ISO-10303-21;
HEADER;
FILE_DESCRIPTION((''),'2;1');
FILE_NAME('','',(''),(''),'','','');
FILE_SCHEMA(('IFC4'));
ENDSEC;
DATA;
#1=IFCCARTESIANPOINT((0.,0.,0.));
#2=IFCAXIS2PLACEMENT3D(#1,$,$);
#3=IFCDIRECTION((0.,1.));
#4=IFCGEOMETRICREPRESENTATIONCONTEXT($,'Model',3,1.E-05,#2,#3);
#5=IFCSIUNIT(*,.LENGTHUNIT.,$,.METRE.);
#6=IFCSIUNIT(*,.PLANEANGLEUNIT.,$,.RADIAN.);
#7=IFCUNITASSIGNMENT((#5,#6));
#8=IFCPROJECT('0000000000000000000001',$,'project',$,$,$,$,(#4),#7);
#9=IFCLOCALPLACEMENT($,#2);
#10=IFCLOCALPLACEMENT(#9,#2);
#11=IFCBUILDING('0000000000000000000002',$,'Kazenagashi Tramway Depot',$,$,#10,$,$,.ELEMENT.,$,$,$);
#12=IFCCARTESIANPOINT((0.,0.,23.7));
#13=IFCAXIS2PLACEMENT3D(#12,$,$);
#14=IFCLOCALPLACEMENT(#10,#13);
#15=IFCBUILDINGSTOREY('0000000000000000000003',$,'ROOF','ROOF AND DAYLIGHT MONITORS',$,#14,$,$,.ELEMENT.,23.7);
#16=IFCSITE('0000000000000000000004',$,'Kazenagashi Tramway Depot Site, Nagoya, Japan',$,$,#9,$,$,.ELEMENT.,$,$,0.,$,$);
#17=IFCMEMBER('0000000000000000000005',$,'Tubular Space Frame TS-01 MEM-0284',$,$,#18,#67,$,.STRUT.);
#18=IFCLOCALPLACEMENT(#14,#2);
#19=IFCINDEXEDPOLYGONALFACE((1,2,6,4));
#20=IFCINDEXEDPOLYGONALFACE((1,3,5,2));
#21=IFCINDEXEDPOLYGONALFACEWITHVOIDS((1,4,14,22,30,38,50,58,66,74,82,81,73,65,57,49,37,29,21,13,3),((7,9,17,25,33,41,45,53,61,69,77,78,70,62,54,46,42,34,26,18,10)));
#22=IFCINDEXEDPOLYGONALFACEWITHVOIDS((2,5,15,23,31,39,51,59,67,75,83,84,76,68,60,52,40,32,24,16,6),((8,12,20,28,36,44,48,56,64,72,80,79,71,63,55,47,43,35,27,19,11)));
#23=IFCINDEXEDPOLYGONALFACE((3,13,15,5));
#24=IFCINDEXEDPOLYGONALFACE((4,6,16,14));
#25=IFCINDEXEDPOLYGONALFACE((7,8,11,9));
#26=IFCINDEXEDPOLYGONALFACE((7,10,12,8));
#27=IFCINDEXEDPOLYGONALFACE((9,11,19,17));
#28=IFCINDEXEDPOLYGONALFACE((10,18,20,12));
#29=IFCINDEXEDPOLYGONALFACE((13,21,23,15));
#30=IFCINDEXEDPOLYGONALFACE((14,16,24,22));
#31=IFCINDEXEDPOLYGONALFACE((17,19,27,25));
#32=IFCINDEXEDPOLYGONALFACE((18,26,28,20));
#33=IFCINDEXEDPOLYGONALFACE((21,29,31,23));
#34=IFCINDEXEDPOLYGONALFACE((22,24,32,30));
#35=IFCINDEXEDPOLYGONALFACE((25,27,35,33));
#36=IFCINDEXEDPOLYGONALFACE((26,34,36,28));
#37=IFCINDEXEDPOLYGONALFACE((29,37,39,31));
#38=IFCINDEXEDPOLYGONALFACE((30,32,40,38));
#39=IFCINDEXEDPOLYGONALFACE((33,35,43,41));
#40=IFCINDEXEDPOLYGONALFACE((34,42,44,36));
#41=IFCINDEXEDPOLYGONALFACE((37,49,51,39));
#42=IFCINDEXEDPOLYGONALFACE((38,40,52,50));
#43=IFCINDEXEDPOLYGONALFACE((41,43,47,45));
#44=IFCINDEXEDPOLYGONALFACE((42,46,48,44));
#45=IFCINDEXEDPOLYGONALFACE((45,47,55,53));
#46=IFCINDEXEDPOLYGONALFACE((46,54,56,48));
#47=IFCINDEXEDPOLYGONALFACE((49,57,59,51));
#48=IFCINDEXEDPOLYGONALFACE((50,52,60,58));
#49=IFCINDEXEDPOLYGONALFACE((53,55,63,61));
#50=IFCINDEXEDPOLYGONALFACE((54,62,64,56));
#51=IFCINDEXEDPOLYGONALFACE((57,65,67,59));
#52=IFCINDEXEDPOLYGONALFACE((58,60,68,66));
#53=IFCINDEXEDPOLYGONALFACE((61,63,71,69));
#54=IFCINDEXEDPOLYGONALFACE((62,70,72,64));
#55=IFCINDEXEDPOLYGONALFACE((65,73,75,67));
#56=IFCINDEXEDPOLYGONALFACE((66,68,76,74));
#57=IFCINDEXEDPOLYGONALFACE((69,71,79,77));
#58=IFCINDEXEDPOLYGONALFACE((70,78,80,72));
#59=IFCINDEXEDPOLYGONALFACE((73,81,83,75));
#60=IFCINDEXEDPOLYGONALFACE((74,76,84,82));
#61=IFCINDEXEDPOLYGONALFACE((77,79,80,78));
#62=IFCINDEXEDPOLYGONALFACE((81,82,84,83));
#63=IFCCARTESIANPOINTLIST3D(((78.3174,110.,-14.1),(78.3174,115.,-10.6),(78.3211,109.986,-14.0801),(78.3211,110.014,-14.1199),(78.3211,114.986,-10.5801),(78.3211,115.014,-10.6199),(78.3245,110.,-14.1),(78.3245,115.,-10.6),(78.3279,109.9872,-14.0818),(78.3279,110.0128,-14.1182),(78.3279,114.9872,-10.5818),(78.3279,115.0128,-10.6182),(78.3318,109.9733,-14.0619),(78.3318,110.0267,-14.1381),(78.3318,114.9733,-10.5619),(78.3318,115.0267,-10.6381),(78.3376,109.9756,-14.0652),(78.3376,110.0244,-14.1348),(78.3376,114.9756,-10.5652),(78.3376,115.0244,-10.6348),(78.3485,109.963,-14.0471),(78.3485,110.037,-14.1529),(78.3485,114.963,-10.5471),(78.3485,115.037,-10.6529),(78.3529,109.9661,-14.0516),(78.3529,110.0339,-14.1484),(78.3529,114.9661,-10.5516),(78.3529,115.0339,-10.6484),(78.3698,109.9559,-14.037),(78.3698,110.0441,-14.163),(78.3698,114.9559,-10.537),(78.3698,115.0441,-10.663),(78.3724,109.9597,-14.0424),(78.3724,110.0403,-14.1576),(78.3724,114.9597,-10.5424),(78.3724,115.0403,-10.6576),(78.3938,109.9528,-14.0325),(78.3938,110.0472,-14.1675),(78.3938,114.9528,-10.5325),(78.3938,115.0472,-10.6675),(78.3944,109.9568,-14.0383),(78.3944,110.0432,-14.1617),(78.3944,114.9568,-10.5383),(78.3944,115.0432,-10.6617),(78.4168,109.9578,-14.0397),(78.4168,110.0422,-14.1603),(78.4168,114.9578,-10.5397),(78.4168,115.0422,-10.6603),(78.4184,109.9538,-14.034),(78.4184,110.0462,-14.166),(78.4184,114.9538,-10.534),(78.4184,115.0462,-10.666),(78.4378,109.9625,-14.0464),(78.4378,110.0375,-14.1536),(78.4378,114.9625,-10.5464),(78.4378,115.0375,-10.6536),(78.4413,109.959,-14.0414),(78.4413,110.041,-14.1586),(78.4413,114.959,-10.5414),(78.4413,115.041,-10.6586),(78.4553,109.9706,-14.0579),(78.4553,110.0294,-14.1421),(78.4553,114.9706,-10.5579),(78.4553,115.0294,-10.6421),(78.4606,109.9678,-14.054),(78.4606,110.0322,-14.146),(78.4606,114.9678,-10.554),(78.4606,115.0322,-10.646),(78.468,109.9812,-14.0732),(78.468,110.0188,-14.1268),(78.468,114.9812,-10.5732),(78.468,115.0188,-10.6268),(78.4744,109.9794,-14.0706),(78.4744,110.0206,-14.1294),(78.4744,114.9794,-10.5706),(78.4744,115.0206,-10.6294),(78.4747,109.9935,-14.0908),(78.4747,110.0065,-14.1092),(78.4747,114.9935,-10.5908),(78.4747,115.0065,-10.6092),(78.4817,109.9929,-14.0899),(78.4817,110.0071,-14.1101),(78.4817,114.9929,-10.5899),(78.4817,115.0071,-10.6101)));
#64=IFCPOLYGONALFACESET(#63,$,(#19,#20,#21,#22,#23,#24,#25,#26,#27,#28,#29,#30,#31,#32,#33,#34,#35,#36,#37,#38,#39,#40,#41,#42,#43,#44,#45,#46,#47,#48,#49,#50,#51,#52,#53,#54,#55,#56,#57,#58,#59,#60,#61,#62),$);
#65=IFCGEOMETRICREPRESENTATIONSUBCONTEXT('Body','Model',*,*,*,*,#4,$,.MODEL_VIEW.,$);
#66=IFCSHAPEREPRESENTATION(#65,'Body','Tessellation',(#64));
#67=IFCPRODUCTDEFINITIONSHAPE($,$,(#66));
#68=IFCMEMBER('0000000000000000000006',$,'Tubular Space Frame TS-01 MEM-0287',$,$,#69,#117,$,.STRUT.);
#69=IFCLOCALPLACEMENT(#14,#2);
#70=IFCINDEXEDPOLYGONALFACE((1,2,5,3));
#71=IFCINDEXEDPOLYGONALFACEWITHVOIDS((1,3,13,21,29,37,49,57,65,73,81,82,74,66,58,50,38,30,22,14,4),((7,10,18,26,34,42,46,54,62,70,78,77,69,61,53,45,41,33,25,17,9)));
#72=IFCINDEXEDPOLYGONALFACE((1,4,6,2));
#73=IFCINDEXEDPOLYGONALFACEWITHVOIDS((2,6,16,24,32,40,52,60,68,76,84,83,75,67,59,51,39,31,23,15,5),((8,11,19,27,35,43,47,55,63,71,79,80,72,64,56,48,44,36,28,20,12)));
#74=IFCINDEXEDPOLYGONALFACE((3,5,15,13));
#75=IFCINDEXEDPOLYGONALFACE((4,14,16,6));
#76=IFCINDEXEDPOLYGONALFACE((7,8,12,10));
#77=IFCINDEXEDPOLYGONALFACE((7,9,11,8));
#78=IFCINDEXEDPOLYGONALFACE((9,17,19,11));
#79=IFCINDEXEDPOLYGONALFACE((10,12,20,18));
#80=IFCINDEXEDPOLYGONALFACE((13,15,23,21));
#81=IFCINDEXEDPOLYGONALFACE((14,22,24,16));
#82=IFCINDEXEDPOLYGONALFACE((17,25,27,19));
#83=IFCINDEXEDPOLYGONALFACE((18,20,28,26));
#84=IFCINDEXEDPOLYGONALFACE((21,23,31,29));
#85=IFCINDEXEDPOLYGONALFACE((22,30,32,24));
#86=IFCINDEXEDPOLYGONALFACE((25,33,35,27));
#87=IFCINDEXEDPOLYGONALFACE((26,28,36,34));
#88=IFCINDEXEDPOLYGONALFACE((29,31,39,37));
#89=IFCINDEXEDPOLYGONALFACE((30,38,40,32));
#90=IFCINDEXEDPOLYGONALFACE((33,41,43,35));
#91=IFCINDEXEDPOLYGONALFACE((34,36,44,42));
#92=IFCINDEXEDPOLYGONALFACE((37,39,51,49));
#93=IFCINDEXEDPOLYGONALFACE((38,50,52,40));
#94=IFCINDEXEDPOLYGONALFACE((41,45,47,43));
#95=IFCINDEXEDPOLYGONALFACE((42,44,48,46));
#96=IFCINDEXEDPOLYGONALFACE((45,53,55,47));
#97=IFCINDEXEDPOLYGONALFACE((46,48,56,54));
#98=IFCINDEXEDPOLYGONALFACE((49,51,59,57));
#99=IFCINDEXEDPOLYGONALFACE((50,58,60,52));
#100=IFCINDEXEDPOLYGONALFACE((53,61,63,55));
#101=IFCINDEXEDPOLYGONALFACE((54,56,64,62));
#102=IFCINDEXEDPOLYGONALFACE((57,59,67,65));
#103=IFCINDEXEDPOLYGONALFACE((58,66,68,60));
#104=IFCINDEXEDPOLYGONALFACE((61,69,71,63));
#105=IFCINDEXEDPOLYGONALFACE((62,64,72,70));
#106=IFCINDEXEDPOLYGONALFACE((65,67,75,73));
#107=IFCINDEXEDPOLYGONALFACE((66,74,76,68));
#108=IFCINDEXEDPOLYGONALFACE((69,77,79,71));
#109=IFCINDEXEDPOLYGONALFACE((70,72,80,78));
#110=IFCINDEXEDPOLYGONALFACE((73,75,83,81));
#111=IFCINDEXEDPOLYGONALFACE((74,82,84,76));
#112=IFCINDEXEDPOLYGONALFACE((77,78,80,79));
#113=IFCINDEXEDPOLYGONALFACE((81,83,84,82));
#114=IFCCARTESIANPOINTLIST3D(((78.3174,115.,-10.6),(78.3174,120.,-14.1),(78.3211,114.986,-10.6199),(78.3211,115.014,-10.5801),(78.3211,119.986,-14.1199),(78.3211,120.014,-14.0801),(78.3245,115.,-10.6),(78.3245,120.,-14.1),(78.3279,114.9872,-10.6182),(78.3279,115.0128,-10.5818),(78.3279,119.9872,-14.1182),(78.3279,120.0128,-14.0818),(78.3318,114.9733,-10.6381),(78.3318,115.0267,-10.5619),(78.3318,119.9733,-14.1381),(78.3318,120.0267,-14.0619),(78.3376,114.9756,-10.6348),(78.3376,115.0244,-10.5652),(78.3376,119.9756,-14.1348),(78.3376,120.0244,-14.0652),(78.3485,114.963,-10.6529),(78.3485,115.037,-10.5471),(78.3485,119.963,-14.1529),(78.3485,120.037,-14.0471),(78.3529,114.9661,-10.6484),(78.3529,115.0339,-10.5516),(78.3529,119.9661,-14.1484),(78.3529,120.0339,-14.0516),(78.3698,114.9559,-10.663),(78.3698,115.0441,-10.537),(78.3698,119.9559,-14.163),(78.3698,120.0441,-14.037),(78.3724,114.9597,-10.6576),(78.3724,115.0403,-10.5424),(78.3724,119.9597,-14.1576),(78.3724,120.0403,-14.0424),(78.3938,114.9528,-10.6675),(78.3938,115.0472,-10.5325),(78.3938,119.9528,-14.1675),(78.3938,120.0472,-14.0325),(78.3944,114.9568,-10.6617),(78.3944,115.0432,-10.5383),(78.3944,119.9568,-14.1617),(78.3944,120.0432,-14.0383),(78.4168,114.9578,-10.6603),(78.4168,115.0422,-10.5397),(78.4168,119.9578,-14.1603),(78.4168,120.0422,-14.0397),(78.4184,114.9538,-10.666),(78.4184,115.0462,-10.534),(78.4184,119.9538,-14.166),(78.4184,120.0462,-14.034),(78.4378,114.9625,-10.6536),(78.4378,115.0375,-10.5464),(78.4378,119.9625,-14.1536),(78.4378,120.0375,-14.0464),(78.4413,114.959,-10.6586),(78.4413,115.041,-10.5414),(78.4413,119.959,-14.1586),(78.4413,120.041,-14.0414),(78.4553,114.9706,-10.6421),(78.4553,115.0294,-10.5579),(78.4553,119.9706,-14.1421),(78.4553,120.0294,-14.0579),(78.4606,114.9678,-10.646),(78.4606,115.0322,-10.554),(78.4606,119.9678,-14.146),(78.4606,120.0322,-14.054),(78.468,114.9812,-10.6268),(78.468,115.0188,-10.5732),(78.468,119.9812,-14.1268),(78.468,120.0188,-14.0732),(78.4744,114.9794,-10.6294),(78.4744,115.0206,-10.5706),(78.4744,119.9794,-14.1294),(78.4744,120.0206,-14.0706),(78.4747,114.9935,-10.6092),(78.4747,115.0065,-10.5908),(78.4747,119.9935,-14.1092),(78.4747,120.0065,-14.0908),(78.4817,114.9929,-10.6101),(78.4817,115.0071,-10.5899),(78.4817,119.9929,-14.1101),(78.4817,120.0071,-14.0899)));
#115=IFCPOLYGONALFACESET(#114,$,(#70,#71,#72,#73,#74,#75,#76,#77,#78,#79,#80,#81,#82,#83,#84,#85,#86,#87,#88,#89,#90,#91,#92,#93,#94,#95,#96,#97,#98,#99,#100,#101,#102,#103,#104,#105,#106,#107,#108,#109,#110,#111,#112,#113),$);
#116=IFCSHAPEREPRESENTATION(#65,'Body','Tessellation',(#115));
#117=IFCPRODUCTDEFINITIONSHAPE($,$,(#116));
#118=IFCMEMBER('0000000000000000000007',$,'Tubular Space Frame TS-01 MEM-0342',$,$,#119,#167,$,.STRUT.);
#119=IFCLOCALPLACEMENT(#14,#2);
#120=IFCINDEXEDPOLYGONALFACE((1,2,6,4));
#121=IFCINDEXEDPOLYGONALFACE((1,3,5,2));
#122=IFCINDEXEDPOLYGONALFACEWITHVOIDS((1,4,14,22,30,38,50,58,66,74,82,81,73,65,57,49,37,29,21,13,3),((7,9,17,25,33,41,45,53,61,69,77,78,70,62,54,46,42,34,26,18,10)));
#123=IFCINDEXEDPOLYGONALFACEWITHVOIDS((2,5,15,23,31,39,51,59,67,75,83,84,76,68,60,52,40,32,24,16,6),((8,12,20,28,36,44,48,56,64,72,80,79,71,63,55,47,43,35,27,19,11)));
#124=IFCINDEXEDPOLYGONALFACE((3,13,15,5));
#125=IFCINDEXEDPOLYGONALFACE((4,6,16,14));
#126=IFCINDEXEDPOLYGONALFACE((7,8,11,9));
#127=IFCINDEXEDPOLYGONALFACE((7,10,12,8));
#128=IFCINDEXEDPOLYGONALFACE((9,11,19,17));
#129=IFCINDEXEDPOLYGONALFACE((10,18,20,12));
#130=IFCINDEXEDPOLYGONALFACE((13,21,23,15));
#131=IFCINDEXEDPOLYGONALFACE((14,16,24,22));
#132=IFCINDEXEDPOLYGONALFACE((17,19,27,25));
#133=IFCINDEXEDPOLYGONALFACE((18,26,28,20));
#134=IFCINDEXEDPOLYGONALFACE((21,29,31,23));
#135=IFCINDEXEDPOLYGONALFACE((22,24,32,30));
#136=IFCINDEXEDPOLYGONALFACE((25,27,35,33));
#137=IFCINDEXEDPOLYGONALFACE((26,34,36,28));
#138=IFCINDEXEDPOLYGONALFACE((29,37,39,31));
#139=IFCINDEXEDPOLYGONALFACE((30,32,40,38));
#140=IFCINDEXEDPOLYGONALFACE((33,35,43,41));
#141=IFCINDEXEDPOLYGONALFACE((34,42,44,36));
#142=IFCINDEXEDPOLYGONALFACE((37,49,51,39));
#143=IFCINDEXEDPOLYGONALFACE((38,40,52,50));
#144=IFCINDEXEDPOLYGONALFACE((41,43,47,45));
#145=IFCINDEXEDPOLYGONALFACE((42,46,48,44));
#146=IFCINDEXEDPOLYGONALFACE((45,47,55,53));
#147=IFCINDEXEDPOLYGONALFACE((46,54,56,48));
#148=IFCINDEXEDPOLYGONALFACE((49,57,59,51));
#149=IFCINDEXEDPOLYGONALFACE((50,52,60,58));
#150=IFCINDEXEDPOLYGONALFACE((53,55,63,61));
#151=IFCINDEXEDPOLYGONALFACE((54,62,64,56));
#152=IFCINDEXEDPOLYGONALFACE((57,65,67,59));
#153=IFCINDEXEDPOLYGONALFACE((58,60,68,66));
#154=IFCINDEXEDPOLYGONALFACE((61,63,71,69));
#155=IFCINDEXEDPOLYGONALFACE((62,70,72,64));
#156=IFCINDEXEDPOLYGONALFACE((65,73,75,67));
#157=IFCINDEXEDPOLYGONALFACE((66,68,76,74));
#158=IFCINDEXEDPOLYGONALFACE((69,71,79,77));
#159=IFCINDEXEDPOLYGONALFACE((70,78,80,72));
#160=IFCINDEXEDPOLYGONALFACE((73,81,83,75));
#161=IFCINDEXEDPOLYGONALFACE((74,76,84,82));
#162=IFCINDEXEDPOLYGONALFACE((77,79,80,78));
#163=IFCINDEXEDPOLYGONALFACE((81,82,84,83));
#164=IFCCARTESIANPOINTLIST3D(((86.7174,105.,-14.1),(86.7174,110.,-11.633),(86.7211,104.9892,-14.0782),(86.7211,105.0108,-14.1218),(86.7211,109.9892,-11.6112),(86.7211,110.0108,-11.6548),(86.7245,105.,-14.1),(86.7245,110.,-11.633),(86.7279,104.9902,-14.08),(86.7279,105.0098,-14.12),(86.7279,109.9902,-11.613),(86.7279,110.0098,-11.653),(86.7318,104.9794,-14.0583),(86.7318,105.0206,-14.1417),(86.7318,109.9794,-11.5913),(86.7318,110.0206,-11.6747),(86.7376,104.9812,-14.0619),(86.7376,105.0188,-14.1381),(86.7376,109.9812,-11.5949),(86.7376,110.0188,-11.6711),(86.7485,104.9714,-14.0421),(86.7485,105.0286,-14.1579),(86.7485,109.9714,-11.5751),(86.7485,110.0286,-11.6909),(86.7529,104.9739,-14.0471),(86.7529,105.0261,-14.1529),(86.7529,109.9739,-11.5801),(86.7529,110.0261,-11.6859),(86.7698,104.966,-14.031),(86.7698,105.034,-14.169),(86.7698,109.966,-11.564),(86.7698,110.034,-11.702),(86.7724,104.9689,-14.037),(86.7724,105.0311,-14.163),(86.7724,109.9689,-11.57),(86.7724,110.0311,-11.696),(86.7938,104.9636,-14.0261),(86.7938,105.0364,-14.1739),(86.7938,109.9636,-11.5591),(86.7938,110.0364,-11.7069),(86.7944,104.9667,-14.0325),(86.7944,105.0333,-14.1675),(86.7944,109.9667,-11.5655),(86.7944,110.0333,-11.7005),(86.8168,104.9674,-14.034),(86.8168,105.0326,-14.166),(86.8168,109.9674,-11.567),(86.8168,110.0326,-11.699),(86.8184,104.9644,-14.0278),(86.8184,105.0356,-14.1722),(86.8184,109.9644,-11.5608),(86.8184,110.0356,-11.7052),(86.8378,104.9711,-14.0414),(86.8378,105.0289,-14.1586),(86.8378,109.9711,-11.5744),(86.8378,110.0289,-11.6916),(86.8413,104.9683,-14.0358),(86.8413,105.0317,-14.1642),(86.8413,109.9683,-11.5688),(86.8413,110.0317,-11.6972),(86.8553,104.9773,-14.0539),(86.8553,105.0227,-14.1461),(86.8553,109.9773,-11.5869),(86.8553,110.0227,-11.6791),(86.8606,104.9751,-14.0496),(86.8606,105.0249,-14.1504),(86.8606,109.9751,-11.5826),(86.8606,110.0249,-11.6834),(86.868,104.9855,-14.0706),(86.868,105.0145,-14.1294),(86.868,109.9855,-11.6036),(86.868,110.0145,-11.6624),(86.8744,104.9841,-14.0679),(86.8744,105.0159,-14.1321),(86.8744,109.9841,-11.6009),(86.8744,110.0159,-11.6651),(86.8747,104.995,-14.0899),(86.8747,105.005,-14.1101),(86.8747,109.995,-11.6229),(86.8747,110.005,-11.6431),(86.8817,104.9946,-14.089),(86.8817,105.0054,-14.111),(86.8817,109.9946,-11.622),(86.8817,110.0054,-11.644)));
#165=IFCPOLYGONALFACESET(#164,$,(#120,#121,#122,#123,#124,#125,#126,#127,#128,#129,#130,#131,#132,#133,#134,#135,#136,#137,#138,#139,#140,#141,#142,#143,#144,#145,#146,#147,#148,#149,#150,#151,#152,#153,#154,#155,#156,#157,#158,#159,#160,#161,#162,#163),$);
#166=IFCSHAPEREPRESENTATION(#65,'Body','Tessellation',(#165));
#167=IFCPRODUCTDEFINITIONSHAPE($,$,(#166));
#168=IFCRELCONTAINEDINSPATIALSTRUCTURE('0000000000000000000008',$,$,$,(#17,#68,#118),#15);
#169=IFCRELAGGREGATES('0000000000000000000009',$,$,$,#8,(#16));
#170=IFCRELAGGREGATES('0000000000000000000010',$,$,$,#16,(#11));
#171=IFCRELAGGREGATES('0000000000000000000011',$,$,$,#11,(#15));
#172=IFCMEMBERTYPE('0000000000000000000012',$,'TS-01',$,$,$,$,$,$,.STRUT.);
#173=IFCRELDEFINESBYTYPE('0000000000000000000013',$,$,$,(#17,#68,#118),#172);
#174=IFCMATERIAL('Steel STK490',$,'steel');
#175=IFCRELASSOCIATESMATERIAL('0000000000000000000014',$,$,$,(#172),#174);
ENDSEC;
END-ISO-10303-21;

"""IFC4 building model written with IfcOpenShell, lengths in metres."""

from ifc_helpers import new_model, si_unit, direction, frame, origin, origin_2d, place, context, subcontext, project, spatial, hollow_circle, extrude, material, material_profile, profile_set, type_object, element, save


model = new_model("IFC4")

# Units and contexts
model_context = context("Model", 3, precision=1e-05, world=origin(), true_north=direction((0.0, 1.0)))
body_context = subcontext(model_context, "Body", "Model", "MODEL_VIEW")
ifc_project = project(units=[si_unit("LENGTHUNIT", "METRE"), si_unit("PLANEANGLEUNIT", "RADIAN")], contexts=[model_context])

# Site, building, storey
site_placement = place(None, origin())
site = spatial("IfcSite", under=ifc_project, at=site_placement, Name="Kazenagashi Tramway Depot Site, Nagoya, Japan", CompositionType="ELEMENT", RefElevation=0.0)
building_placement = place(site_placement, origin())
building = spatial("IfcBuilding", under=site, at=building_placement, Name="Kazenagashi Tramway Depot", CompositionType="ELEMENT")
storey_placement = place(building_placement, frame((0.0, 0.0, 23.7)))
storey = spatial("IfcBuildingStorey", under=building, at=storey_placement, Name="ROOF", Description="ROOF AND DAYLIGHT MONITORS", CompositionType="ELEMENT", Elevation=23.7)

# Members
ifc_material_1 = material(Name="Steel STK490", Category="steel")
ifc_material_profile_1 = material_profile(ifc_material_1, hollow_circle(Radius=0.0826, WallThickness=0.0071, at=origin_2d()), Name="CHS-165.2x7.1")
ifc_profile_set_1 = profile_set([ifc_material_profile_1], Name="Steel STK490")
member_type_1 = type_object("IfcMemberType", Name="TS-01", PredefinedType="STRUT", material=ifc_profile_set_1)
for number, where, z_axis, x_axis, name in (
    (1, (78.4, 110.0, -14.1), (0.0, 0.819232, 0.573462), (-1.0, 0.0, 0.0), "Tubular Space Frame TS-01 MEM-0284"),
    (2, (78.4, 115.0, -10.6), (0.0, 0.819232, -0.573462), (-1.0, 0.0, 0.0), "Tubular Space Frame TS-01 MEM-0287"),
):
    element("IfcMember", number, at=place(storey_placement, frame(where, z_axis=z_axis, x_axis=x_axis)), inside=storey, type_object=member_type_1, Name=name, PredefinedType="STRUT", context=body_context, shape_type="SweptSolid", body=[
        extrude(hollow_circle(Radius=0.0826, WallThickness=0.0071, at=origin_2d()), origin(), (0.0, 0.0, 1.0), 6.1033),
    ])
member_1_placement = place(storey_placement, frame((86.8, 105.0, -14.1), z_axis=(0.0, 0.896782, 0.442472), x_axis=(-1.0, 0.0, 0.0)))
element("IfcMember", 3, at=member_1_placement, inside=storey, type_object=member_type_1, Name="Tubular Space Frame TS-01 MEM-0342", PredefinedType="STRUT", context=body_context, shape_type="SweptSolid", body=[
    extrude(hollow_circle(Radius=0.0826, WallThickness=0.0071, at=origin_2d()), origin(), (0.0, 0.0, 1.0), 5.5755),
])

save(model, "model.ifc")
